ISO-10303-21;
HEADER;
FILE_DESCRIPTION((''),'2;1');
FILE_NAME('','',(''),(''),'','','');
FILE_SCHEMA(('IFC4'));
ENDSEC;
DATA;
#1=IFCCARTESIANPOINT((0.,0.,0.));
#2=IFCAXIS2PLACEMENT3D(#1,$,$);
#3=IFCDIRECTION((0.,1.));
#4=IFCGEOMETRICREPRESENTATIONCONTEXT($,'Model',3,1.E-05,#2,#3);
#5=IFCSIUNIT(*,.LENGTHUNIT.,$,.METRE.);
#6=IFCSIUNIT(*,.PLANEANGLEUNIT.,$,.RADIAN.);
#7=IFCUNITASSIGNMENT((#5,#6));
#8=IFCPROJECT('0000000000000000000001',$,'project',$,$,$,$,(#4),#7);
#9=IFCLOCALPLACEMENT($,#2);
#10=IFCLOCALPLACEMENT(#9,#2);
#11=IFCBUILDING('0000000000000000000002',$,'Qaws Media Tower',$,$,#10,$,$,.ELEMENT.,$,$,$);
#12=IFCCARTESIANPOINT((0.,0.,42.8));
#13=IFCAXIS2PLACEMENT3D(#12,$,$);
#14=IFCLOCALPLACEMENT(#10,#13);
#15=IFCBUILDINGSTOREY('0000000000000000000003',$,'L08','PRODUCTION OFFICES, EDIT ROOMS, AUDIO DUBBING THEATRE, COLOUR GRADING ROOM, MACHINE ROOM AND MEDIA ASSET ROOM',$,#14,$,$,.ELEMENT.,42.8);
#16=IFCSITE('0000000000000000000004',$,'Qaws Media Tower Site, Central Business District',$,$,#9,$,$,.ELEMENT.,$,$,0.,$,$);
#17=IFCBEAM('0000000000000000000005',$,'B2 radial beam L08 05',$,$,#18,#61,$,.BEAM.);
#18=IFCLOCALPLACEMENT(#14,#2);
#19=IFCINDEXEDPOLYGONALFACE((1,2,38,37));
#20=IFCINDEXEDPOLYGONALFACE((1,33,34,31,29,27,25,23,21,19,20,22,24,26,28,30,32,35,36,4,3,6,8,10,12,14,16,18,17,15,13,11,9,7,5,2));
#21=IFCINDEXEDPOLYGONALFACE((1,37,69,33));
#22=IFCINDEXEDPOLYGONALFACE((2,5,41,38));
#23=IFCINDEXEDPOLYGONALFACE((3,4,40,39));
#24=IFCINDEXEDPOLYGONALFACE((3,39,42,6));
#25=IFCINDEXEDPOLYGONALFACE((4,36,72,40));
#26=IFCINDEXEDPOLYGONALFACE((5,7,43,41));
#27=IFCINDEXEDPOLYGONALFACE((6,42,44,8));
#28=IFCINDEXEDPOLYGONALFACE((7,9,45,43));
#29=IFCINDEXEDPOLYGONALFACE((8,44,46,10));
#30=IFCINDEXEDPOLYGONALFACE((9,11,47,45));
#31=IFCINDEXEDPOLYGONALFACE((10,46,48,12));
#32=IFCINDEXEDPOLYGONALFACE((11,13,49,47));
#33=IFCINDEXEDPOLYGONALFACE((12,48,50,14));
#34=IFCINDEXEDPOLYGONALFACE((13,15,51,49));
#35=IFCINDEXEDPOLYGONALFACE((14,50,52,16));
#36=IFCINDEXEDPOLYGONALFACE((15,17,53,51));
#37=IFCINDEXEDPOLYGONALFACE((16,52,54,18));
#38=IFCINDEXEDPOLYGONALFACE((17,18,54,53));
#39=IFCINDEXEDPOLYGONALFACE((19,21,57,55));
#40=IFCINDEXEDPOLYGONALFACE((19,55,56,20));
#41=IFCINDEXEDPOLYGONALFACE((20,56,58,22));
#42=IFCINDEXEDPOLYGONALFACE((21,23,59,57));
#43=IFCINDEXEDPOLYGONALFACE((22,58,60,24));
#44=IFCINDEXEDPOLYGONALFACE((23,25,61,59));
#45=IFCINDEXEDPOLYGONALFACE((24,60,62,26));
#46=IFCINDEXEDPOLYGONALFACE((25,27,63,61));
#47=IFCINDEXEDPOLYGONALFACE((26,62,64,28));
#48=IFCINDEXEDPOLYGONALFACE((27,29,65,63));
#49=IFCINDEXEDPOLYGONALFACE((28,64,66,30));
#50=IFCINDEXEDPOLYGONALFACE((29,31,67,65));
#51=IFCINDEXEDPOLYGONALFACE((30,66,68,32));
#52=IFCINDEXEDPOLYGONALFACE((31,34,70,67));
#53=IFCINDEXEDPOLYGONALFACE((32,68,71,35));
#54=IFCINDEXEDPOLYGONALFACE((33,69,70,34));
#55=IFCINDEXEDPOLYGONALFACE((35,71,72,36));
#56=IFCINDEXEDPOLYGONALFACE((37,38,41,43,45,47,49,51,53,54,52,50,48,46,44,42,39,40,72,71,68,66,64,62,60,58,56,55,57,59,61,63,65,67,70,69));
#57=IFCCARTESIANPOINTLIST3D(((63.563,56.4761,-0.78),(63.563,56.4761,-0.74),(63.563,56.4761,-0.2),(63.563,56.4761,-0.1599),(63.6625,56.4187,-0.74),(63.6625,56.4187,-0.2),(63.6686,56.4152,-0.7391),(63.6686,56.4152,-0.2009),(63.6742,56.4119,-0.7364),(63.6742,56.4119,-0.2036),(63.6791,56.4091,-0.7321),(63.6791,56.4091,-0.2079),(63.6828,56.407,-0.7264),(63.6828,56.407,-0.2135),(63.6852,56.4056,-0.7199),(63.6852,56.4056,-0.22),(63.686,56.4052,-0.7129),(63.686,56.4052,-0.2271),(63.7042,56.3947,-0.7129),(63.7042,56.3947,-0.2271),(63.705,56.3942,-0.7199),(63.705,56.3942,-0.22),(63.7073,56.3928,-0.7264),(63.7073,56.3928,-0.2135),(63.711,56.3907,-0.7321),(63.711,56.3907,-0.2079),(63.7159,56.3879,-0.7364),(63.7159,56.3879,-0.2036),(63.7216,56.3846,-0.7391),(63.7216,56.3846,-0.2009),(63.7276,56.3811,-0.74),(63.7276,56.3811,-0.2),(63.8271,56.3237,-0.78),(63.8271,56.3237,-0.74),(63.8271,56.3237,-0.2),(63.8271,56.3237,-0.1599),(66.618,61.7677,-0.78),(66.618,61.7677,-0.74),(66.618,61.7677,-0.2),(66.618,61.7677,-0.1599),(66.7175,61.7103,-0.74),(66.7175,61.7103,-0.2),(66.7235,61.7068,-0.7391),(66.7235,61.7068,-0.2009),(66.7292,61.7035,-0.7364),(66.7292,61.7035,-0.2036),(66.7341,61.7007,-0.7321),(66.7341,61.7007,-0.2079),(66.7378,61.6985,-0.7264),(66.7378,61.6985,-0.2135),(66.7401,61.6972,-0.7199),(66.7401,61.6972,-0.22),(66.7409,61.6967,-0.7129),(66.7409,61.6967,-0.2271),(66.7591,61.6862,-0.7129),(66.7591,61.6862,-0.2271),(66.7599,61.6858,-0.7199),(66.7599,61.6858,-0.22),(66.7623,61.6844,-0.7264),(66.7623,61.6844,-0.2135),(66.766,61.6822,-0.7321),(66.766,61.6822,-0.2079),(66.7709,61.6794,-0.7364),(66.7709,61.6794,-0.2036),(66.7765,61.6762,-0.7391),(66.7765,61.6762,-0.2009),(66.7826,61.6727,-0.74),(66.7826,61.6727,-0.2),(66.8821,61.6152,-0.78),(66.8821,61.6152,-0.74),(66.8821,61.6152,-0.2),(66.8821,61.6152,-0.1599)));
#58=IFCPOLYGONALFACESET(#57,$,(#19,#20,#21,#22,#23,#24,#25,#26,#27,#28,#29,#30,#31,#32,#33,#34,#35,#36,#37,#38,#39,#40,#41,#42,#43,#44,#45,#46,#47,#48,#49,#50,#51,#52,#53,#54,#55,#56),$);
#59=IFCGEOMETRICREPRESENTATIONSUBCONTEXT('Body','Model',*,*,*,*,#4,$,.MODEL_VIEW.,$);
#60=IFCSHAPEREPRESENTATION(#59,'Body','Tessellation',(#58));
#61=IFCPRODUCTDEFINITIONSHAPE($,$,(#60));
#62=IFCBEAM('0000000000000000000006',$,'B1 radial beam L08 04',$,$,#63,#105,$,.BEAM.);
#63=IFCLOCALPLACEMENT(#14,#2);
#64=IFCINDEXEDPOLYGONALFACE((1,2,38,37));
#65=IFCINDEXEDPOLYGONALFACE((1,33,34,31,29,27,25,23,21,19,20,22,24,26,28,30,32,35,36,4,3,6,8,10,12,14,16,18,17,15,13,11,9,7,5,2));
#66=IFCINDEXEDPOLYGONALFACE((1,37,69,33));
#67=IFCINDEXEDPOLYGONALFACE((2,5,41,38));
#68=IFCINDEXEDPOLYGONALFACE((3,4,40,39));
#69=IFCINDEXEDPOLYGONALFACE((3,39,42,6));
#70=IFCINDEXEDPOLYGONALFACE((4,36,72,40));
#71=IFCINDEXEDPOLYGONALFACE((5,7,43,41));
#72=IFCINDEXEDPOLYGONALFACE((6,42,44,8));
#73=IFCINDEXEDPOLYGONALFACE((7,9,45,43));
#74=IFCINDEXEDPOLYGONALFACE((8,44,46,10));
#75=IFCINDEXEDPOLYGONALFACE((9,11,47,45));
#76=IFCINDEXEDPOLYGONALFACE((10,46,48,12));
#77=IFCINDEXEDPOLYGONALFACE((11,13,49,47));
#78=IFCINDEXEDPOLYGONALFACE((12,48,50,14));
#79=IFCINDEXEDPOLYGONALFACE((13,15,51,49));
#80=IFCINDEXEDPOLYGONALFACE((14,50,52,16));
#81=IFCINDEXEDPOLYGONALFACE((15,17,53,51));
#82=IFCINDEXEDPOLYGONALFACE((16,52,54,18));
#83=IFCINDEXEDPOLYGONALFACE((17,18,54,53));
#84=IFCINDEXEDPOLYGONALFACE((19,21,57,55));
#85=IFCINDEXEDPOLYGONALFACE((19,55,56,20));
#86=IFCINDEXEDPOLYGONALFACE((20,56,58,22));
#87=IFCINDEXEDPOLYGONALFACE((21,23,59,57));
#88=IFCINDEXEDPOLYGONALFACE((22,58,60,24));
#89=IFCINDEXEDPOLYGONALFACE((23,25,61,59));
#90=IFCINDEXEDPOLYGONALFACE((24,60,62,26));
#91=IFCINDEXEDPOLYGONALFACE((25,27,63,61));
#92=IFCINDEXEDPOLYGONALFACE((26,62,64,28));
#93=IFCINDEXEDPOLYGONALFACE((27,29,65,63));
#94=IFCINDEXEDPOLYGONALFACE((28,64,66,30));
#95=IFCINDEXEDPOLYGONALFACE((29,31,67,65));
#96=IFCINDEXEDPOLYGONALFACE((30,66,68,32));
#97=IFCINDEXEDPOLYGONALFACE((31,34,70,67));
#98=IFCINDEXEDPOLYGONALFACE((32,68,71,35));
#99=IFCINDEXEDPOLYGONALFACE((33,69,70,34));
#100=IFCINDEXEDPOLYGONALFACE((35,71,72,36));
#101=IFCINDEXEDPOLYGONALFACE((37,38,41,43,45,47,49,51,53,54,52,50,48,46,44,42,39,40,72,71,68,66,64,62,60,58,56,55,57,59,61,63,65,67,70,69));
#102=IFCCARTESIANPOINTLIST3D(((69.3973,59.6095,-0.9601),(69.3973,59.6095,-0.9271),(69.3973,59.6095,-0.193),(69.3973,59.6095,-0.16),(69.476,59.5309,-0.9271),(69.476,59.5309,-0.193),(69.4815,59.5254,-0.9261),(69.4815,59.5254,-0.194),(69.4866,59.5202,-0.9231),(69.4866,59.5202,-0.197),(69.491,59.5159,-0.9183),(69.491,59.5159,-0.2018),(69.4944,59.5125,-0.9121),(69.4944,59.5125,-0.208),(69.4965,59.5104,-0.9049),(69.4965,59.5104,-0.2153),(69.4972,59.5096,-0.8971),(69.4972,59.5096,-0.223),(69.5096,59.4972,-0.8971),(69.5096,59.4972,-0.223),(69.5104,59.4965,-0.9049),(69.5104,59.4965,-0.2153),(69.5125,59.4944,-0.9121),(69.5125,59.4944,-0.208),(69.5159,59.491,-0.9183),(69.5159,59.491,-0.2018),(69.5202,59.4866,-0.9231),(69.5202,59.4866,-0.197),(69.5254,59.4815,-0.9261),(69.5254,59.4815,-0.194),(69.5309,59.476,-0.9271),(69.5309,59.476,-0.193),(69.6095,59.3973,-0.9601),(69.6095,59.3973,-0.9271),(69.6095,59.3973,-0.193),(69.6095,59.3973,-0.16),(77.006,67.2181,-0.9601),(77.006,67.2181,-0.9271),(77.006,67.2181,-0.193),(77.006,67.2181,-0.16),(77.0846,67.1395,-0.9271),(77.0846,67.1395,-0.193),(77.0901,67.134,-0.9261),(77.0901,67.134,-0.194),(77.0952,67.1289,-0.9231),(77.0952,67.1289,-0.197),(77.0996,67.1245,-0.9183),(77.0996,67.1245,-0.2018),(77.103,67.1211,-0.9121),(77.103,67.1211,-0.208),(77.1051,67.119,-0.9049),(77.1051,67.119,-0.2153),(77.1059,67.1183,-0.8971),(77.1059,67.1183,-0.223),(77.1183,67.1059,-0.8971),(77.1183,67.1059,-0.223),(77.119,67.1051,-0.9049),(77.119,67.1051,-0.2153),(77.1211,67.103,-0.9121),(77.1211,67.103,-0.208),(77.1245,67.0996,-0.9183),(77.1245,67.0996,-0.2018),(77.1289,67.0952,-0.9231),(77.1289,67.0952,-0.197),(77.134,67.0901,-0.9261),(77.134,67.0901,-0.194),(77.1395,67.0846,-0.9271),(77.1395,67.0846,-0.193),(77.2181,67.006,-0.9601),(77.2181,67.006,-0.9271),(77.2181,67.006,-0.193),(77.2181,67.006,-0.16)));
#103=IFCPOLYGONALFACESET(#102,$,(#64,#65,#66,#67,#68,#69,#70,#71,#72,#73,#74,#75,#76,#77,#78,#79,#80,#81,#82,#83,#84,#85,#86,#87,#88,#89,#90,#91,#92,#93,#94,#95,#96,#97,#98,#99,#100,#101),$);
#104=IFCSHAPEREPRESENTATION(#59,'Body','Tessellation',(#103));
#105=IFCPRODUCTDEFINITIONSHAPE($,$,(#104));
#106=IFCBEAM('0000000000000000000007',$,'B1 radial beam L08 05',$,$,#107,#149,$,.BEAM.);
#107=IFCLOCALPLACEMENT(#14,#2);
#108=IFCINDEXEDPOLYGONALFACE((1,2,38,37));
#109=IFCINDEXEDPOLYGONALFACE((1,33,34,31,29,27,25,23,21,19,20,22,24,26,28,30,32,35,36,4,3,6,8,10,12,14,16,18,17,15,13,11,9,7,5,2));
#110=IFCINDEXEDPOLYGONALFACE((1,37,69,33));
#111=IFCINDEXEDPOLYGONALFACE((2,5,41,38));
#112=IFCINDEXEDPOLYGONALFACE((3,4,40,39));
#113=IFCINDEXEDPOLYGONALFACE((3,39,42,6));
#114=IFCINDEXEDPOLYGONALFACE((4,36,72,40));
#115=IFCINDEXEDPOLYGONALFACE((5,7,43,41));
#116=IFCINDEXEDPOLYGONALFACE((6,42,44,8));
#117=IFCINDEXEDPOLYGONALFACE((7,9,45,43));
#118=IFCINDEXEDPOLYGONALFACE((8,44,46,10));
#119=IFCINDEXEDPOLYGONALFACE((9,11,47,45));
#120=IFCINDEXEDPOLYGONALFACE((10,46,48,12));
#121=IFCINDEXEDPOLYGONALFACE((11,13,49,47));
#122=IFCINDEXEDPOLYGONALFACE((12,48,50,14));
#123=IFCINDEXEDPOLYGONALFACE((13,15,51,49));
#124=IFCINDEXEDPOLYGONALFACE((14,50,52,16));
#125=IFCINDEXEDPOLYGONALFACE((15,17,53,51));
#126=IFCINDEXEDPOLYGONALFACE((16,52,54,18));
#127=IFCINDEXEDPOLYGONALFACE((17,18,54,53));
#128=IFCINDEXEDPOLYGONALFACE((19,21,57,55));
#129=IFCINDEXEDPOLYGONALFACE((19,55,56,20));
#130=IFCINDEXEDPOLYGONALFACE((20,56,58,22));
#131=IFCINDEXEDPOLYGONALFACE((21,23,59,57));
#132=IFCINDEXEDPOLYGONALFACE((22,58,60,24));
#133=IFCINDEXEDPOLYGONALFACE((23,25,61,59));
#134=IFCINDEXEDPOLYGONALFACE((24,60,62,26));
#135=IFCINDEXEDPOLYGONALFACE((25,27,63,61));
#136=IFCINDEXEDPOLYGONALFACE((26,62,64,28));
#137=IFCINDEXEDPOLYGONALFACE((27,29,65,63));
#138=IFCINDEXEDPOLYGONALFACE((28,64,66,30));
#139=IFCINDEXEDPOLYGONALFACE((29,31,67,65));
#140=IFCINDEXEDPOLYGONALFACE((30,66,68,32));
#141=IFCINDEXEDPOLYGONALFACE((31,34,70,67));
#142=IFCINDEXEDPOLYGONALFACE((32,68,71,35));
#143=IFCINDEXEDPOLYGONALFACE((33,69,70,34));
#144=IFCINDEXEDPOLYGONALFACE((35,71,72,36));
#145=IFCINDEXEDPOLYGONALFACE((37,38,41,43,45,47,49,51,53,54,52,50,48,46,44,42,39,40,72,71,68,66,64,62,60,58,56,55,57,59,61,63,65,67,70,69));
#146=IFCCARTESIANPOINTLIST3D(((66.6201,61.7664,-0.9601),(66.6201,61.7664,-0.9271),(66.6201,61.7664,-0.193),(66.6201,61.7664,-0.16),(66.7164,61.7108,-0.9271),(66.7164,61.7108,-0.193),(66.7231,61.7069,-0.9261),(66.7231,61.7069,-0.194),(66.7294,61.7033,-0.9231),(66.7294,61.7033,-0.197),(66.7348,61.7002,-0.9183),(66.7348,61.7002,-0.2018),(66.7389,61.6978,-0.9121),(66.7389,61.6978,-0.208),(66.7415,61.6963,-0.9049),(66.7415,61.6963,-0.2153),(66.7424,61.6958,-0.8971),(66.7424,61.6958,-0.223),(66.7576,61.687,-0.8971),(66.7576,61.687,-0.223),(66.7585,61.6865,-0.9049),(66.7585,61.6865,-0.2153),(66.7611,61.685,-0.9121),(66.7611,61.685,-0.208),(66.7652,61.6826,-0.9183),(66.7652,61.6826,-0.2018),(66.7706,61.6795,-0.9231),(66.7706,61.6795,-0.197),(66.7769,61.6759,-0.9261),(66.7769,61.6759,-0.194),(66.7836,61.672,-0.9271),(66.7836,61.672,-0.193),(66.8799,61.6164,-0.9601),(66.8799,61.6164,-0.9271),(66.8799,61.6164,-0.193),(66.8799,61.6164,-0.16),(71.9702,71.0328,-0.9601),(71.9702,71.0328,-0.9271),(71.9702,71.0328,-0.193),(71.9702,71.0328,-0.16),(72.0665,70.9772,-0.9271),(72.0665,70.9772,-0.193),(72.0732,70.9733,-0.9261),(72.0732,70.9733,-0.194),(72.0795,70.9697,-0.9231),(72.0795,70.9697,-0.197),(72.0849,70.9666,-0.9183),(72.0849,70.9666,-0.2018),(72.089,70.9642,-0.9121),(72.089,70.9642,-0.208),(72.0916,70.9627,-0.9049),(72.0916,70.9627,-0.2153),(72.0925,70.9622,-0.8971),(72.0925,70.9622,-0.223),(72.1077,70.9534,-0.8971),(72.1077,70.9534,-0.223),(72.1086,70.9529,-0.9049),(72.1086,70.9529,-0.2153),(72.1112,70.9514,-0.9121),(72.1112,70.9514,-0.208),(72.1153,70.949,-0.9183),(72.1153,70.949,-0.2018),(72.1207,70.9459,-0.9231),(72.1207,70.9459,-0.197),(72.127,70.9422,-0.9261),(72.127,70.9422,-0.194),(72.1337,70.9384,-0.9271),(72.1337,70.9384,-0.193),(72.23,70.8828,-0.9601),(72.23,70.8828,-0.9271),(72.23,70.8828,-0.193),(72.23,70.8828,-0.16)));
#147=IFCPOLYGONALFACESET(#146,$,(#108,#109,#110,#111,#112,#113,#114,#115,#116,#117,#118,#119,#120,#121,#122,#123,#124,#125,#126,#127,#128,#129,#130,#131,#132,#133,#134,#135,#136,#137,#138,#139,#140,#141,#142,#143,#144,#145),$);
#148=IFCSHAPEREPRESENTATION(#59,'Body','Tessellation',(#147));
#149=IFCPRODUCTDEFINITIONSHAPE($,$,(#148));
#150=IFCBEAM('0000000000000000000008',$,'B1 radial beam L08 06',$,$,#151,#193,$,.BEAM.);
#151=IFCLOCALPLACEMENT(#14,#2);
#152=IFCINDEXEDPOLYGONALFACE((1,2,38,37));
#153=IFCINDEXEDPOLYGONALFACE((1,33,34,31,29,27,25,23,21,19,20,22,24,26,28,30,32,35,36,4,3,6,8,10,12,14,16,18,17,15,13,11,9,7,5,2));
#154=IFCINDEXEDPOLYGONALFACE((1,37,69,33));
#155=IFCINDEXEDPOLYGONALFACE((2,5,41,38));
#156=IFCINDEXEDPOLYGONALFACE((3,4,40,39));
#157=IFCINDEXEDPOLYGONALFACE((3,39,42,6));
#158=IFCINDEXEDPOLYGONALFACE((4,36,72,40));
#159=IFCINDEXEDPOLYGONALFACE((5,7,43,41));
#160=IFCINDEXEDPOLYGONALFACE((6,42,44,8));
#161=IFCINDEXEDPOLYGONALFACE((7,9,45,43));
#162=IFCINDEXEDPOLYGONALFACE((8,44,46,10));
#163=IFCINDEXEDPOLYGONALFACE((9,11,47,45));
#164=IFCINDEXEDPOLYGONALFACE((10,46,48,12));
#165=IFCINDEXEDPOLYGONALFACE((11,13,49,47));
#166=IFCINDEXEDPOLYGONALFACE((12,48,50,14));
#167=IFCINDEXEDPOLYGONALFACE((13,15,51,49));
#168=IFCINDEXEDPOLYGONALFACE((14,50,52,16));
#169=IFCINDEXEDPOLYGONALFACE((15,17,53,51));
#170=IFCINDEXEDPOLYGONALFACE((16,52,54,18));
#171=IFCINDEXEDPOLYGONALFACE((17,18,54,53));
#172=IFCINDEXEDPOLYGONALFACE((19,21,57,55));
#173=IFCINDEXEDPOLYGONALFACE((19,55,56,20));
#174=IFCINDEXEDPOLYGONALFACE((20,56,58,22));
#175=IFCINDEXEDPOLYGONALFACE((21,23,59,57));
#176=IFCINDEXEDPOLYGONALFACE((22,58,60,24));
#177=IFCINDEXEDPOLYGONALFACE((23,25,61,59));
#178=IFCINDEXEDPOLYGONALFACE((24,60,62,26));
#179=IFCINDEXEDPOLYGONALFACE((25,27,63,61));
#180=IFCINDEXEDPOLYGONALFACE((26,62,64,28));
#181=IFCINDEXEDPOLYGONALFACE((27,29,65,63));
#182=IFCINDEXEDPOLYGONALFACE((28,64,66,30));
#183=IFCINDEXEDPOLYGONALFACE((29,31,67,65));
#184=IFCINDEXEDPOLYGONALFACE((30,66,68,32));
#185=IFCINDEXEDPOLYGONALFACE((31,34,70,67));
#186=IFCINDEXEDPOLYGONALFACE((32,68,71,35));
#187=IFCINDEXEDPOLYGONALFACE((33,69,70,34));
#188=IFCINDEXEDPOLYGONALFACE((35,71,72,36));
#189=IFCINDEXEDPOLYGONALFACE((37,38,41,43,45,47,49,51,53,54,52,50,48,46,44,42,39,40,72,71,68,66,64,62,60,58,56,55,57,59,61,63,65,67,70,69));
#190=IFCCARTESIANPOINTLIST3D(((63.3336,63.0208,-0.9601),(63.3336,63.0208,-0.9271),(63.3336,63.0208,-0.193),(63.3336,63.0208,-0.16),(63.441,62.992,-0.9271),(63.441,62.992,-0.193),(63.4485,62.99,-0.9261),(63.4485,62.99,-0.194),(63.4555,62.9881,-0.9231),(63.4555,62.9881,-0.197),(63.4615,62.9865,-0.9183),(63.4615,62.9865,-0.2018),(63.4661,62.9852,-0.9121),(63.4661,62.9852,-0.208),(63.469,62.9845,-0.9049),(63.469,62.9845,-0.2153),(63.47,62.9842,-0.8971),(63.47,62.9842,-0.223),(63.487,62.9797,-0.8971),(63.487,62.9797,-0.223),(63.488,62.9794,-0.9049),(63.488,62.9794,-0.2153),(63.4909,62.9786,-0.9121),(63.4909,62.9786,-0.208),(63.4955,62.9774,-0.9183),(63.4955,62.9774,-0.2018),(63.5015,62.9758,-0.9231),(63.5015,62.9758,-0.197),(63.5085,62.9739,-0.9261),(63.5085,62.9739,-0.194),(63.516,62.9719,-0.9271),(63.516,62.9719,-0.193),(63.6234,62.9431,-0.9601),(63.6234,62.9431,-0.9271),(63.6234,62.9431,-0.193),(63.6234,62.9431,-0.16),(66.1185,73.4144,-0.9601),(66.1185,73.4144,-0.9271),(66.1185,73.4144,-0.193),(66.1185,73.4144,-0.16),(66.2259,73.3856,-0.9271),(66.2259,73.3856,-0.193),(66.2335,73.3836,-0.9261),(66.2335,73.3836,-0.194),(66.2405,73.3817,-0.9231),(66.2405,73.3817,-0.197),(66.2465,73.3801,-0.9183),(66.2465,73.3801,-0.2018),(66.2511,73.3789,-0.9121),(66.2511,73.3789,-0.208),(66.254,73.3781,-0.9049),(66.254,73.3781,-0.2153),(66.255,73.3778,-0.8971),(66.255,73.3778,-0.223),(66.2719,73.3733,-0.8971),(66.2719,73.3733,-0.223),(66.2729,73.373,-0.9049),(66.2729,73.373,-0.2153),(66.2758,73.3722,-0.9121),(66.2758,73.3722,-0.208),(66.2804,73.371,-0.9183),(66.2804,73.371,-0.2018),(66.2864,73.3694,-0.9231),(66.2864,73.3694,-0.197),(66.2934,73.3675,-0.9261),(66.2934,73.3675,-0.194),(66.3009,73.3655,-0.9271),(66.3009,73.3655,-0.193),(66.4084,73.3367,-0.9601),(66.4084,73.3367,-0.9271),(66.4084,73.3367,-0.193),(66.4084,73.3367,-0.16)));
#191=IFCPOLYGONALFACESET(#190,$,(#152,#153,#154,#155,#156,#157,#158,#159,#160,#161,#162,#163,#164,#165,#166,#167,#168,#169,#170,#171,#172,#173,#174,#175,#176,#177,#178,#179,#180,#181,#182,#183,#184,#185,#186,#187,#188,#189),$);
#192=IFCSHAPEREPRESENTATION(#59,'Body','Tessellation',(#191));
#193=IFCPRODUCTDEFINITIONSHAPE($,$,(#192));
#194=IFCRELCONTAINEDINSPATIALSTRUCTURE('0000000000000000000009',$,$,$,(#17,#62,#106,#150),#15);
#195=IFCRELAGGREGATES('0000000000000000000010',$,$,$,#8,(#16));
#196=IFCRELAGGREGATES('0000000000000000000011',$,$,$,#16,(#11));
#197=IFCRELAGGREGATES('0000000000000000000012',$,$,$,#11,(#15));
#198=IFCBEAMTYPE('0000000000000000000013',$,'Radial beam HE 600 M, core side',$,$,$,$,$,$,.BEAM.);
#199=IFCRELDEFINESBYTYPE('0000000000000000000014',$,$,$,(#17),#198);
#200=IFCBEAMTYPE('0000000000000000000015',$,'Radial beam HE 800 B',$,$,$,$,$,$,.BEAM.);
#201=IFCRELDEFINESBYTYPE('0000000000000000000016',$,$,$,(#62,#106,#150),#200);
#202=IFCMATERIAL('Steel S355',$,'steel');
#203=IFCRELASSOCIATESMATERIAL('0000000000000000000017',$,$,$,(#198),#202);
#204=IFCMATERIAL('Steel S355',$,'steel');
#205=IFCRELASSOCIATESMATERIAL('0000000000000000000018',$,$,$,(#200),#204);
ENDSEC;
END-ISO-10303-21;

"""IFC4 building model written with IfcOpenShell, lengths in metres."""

from ifc_helpers import new_model, si_unit, direction, frame, origin, origin_2d, place, context, subcontext, project, spatial, i_section, extrude, material, material_profile, profile_set, type_object, element, save


model = new_model("IFC4")

# Units and contexts
model_context = context("Model", 3, precision=1e-05, world=origin(), true_north=direction((0.0, 1.0)))
body_context = subcontext(model_context, "Body", "Model", "MODEL_VIEW")
ifc_project = project(units=[si_unit("LENGTHUNIT", "METRE"), si_unit("PLANEANGLEUNIT", "RADIAN")], contexts=[model_context])

# Site, building, storey
site_placement = place(None, origin())
site = spatial("IfcSite", under=ifc_project, at=site_placement, Name="Qaws Media Tower Site, Central Business District", CompositionType="ELEMENT", RefElevation=0.0)
building_placement = place(site_placement, origin())
building = spatial("IfcBuilding", under=site, at=building_placement, Name="Qaws Media Tower", CompositionType="ELEMENT")
storey_placement = place(building_placement, frame((0.0, 0.0, 42.8)))
storey = spatial("IfcBuildingStorey", under=building, at=storey_placement, Name="L08", Description="PRODUCTION OFFICES, EDIT ROOMS, AUDIO DUBBING THEATRE, COLOUR GRADING ROOM, MACHINE ROOM AND MEDIA ASSET ROOM", CompositionType="ELEMENT", Elevation=42.8)

# Beams
ifc_material_1 = material(Name="Steel S355", Category="steel")
ifc_material_profile_1 = material_profile(ifc_material_1, i_section(OverallWidth=0.3049, OverallDepth=0.6201, WebThickness=0.021, FlangeThickness=0.04, FilletRadius=0.0271, at=origin_2d()), Name="HE 600 M")
ifc_profile_set_1 = profile_set([ifc_material_profile_1], Name="Steel S355")
beam_type_1 = type_object("IfcBeamType", Name="Radial beam HE 600 M, core side", PredefinedType="BEAM", material=ifc_profile_set_1)
beam_1_placement = place(storey_placement, frame((63.6951, 56.3999, -0.47), z_axis=(0.499985, 0.866034, 0.0), x_axis=(-0.866034, 0.499985, 0.0)))
element("IfcBeam", 1, at=beam_1_placement, inside=storey, type_object=beam_type_1, Name="B2 radial beam L08 05", PredefinedType="BEAM", context=body_context, shape_type="SweptSolid", body=[
    extrude(i_section(OverallWidth=0.3049, OverallDepth=0.6201, WebThickness=0.021, FlangeThickness=0.04, FilletRadius=0.0271, at=origin_2d()), origin(), (0.0, 0.0, 1.0), 6.1101),
])
ifc_material_2 = material(Name="Steel S355", Category="steel")
ifc_material_profile_2 = material_profile(ifc_material_2, i_section(OverallWidth=0.3, OverallDepth=0.8, WebThickness=0.0176, FlangeThickness=0.033, FilletRadius=0.03, at=origin_2d()), Name="HE 800 B")
ifc_profile_set_2 = profile_set([ifc_material_profile_2], Name="Steel S355")
beam_type_2 = type_object("IfcBeamType", Name="Radial beam HE 800 B", PredefinedType="BEAM", material=ifc_profile_set_2)
beam_2_placement = place(storey_placement, frame((69.5034, 59.5034, -0.5601), z_axis=(0.707107, 0.707107, 0.0), x_axis=(-0.707107, 0.707107, 0.0)))
element("IfcBeam", 2, at=beam_2_placement, inside=storey, type_object=beam_type_2, Name="B1 radial beam L08 04", PredefinedType="BEAM", context=body_context, shape_type="SweptSolid", body=[
    extrude(i_section(OverallWidth=0.3, OverallDepth=0.8, WebThickness=0.0176, FlangeThickness=0.033, FilletRadius=0.03, at=origin_2d()), origin(), (0.0, 0.0, 1.0), 10.7603),
])
beam_3_placement = place(storey_placement, frame((66.75, 61.6914, -0.5601), z_axis=(0.500011, 0.866019, 0.0), x_axis=(-0.866019, 0.500011, 0.0)))
element("IfcBeam", 3, at=beam_3_placement, inside=storey, type_object=beam_type_2, Name="B1 radial beam L08 05", PredefinedType="BEAM", context=body_context, shape_type="SweptSolid", body=[
    extrude(i_section(OverallWidth=0.3, OverallDepth=0.8, WebThickness=0.0176, FlangeThickness=0.033, FilletRadius=0.03, at=origin_2d()), origin(), (0.0, 0.0, 1.0), 10.7),
])
beam_4_placement = place(storey_placement, frame((63.4785, 62.9819, -0.5601), z_axis=(0.258816, 0.965927, 0.0), x_axis=(-0.965927, 0.258816, 0.0)))
element("IfcBeam", 4, at=beam_4_placement, inside=storey, type_object=beam_type_2, Name="B1 radial beam L08 06", PredefinedType="BEAM", context=body_context, shape_type="SweptSolid", body=[
    extrude(i_section(OverallWidth=0.3, OverallDepth=0.8, WebThickness=0.0176, FlangeThickness=0.033, FilletRadius=0.03, at=origin_2d()), origin(), (0.0, 0.0, 1.0), 10.7603),
])

save(model, "model.ifc")
